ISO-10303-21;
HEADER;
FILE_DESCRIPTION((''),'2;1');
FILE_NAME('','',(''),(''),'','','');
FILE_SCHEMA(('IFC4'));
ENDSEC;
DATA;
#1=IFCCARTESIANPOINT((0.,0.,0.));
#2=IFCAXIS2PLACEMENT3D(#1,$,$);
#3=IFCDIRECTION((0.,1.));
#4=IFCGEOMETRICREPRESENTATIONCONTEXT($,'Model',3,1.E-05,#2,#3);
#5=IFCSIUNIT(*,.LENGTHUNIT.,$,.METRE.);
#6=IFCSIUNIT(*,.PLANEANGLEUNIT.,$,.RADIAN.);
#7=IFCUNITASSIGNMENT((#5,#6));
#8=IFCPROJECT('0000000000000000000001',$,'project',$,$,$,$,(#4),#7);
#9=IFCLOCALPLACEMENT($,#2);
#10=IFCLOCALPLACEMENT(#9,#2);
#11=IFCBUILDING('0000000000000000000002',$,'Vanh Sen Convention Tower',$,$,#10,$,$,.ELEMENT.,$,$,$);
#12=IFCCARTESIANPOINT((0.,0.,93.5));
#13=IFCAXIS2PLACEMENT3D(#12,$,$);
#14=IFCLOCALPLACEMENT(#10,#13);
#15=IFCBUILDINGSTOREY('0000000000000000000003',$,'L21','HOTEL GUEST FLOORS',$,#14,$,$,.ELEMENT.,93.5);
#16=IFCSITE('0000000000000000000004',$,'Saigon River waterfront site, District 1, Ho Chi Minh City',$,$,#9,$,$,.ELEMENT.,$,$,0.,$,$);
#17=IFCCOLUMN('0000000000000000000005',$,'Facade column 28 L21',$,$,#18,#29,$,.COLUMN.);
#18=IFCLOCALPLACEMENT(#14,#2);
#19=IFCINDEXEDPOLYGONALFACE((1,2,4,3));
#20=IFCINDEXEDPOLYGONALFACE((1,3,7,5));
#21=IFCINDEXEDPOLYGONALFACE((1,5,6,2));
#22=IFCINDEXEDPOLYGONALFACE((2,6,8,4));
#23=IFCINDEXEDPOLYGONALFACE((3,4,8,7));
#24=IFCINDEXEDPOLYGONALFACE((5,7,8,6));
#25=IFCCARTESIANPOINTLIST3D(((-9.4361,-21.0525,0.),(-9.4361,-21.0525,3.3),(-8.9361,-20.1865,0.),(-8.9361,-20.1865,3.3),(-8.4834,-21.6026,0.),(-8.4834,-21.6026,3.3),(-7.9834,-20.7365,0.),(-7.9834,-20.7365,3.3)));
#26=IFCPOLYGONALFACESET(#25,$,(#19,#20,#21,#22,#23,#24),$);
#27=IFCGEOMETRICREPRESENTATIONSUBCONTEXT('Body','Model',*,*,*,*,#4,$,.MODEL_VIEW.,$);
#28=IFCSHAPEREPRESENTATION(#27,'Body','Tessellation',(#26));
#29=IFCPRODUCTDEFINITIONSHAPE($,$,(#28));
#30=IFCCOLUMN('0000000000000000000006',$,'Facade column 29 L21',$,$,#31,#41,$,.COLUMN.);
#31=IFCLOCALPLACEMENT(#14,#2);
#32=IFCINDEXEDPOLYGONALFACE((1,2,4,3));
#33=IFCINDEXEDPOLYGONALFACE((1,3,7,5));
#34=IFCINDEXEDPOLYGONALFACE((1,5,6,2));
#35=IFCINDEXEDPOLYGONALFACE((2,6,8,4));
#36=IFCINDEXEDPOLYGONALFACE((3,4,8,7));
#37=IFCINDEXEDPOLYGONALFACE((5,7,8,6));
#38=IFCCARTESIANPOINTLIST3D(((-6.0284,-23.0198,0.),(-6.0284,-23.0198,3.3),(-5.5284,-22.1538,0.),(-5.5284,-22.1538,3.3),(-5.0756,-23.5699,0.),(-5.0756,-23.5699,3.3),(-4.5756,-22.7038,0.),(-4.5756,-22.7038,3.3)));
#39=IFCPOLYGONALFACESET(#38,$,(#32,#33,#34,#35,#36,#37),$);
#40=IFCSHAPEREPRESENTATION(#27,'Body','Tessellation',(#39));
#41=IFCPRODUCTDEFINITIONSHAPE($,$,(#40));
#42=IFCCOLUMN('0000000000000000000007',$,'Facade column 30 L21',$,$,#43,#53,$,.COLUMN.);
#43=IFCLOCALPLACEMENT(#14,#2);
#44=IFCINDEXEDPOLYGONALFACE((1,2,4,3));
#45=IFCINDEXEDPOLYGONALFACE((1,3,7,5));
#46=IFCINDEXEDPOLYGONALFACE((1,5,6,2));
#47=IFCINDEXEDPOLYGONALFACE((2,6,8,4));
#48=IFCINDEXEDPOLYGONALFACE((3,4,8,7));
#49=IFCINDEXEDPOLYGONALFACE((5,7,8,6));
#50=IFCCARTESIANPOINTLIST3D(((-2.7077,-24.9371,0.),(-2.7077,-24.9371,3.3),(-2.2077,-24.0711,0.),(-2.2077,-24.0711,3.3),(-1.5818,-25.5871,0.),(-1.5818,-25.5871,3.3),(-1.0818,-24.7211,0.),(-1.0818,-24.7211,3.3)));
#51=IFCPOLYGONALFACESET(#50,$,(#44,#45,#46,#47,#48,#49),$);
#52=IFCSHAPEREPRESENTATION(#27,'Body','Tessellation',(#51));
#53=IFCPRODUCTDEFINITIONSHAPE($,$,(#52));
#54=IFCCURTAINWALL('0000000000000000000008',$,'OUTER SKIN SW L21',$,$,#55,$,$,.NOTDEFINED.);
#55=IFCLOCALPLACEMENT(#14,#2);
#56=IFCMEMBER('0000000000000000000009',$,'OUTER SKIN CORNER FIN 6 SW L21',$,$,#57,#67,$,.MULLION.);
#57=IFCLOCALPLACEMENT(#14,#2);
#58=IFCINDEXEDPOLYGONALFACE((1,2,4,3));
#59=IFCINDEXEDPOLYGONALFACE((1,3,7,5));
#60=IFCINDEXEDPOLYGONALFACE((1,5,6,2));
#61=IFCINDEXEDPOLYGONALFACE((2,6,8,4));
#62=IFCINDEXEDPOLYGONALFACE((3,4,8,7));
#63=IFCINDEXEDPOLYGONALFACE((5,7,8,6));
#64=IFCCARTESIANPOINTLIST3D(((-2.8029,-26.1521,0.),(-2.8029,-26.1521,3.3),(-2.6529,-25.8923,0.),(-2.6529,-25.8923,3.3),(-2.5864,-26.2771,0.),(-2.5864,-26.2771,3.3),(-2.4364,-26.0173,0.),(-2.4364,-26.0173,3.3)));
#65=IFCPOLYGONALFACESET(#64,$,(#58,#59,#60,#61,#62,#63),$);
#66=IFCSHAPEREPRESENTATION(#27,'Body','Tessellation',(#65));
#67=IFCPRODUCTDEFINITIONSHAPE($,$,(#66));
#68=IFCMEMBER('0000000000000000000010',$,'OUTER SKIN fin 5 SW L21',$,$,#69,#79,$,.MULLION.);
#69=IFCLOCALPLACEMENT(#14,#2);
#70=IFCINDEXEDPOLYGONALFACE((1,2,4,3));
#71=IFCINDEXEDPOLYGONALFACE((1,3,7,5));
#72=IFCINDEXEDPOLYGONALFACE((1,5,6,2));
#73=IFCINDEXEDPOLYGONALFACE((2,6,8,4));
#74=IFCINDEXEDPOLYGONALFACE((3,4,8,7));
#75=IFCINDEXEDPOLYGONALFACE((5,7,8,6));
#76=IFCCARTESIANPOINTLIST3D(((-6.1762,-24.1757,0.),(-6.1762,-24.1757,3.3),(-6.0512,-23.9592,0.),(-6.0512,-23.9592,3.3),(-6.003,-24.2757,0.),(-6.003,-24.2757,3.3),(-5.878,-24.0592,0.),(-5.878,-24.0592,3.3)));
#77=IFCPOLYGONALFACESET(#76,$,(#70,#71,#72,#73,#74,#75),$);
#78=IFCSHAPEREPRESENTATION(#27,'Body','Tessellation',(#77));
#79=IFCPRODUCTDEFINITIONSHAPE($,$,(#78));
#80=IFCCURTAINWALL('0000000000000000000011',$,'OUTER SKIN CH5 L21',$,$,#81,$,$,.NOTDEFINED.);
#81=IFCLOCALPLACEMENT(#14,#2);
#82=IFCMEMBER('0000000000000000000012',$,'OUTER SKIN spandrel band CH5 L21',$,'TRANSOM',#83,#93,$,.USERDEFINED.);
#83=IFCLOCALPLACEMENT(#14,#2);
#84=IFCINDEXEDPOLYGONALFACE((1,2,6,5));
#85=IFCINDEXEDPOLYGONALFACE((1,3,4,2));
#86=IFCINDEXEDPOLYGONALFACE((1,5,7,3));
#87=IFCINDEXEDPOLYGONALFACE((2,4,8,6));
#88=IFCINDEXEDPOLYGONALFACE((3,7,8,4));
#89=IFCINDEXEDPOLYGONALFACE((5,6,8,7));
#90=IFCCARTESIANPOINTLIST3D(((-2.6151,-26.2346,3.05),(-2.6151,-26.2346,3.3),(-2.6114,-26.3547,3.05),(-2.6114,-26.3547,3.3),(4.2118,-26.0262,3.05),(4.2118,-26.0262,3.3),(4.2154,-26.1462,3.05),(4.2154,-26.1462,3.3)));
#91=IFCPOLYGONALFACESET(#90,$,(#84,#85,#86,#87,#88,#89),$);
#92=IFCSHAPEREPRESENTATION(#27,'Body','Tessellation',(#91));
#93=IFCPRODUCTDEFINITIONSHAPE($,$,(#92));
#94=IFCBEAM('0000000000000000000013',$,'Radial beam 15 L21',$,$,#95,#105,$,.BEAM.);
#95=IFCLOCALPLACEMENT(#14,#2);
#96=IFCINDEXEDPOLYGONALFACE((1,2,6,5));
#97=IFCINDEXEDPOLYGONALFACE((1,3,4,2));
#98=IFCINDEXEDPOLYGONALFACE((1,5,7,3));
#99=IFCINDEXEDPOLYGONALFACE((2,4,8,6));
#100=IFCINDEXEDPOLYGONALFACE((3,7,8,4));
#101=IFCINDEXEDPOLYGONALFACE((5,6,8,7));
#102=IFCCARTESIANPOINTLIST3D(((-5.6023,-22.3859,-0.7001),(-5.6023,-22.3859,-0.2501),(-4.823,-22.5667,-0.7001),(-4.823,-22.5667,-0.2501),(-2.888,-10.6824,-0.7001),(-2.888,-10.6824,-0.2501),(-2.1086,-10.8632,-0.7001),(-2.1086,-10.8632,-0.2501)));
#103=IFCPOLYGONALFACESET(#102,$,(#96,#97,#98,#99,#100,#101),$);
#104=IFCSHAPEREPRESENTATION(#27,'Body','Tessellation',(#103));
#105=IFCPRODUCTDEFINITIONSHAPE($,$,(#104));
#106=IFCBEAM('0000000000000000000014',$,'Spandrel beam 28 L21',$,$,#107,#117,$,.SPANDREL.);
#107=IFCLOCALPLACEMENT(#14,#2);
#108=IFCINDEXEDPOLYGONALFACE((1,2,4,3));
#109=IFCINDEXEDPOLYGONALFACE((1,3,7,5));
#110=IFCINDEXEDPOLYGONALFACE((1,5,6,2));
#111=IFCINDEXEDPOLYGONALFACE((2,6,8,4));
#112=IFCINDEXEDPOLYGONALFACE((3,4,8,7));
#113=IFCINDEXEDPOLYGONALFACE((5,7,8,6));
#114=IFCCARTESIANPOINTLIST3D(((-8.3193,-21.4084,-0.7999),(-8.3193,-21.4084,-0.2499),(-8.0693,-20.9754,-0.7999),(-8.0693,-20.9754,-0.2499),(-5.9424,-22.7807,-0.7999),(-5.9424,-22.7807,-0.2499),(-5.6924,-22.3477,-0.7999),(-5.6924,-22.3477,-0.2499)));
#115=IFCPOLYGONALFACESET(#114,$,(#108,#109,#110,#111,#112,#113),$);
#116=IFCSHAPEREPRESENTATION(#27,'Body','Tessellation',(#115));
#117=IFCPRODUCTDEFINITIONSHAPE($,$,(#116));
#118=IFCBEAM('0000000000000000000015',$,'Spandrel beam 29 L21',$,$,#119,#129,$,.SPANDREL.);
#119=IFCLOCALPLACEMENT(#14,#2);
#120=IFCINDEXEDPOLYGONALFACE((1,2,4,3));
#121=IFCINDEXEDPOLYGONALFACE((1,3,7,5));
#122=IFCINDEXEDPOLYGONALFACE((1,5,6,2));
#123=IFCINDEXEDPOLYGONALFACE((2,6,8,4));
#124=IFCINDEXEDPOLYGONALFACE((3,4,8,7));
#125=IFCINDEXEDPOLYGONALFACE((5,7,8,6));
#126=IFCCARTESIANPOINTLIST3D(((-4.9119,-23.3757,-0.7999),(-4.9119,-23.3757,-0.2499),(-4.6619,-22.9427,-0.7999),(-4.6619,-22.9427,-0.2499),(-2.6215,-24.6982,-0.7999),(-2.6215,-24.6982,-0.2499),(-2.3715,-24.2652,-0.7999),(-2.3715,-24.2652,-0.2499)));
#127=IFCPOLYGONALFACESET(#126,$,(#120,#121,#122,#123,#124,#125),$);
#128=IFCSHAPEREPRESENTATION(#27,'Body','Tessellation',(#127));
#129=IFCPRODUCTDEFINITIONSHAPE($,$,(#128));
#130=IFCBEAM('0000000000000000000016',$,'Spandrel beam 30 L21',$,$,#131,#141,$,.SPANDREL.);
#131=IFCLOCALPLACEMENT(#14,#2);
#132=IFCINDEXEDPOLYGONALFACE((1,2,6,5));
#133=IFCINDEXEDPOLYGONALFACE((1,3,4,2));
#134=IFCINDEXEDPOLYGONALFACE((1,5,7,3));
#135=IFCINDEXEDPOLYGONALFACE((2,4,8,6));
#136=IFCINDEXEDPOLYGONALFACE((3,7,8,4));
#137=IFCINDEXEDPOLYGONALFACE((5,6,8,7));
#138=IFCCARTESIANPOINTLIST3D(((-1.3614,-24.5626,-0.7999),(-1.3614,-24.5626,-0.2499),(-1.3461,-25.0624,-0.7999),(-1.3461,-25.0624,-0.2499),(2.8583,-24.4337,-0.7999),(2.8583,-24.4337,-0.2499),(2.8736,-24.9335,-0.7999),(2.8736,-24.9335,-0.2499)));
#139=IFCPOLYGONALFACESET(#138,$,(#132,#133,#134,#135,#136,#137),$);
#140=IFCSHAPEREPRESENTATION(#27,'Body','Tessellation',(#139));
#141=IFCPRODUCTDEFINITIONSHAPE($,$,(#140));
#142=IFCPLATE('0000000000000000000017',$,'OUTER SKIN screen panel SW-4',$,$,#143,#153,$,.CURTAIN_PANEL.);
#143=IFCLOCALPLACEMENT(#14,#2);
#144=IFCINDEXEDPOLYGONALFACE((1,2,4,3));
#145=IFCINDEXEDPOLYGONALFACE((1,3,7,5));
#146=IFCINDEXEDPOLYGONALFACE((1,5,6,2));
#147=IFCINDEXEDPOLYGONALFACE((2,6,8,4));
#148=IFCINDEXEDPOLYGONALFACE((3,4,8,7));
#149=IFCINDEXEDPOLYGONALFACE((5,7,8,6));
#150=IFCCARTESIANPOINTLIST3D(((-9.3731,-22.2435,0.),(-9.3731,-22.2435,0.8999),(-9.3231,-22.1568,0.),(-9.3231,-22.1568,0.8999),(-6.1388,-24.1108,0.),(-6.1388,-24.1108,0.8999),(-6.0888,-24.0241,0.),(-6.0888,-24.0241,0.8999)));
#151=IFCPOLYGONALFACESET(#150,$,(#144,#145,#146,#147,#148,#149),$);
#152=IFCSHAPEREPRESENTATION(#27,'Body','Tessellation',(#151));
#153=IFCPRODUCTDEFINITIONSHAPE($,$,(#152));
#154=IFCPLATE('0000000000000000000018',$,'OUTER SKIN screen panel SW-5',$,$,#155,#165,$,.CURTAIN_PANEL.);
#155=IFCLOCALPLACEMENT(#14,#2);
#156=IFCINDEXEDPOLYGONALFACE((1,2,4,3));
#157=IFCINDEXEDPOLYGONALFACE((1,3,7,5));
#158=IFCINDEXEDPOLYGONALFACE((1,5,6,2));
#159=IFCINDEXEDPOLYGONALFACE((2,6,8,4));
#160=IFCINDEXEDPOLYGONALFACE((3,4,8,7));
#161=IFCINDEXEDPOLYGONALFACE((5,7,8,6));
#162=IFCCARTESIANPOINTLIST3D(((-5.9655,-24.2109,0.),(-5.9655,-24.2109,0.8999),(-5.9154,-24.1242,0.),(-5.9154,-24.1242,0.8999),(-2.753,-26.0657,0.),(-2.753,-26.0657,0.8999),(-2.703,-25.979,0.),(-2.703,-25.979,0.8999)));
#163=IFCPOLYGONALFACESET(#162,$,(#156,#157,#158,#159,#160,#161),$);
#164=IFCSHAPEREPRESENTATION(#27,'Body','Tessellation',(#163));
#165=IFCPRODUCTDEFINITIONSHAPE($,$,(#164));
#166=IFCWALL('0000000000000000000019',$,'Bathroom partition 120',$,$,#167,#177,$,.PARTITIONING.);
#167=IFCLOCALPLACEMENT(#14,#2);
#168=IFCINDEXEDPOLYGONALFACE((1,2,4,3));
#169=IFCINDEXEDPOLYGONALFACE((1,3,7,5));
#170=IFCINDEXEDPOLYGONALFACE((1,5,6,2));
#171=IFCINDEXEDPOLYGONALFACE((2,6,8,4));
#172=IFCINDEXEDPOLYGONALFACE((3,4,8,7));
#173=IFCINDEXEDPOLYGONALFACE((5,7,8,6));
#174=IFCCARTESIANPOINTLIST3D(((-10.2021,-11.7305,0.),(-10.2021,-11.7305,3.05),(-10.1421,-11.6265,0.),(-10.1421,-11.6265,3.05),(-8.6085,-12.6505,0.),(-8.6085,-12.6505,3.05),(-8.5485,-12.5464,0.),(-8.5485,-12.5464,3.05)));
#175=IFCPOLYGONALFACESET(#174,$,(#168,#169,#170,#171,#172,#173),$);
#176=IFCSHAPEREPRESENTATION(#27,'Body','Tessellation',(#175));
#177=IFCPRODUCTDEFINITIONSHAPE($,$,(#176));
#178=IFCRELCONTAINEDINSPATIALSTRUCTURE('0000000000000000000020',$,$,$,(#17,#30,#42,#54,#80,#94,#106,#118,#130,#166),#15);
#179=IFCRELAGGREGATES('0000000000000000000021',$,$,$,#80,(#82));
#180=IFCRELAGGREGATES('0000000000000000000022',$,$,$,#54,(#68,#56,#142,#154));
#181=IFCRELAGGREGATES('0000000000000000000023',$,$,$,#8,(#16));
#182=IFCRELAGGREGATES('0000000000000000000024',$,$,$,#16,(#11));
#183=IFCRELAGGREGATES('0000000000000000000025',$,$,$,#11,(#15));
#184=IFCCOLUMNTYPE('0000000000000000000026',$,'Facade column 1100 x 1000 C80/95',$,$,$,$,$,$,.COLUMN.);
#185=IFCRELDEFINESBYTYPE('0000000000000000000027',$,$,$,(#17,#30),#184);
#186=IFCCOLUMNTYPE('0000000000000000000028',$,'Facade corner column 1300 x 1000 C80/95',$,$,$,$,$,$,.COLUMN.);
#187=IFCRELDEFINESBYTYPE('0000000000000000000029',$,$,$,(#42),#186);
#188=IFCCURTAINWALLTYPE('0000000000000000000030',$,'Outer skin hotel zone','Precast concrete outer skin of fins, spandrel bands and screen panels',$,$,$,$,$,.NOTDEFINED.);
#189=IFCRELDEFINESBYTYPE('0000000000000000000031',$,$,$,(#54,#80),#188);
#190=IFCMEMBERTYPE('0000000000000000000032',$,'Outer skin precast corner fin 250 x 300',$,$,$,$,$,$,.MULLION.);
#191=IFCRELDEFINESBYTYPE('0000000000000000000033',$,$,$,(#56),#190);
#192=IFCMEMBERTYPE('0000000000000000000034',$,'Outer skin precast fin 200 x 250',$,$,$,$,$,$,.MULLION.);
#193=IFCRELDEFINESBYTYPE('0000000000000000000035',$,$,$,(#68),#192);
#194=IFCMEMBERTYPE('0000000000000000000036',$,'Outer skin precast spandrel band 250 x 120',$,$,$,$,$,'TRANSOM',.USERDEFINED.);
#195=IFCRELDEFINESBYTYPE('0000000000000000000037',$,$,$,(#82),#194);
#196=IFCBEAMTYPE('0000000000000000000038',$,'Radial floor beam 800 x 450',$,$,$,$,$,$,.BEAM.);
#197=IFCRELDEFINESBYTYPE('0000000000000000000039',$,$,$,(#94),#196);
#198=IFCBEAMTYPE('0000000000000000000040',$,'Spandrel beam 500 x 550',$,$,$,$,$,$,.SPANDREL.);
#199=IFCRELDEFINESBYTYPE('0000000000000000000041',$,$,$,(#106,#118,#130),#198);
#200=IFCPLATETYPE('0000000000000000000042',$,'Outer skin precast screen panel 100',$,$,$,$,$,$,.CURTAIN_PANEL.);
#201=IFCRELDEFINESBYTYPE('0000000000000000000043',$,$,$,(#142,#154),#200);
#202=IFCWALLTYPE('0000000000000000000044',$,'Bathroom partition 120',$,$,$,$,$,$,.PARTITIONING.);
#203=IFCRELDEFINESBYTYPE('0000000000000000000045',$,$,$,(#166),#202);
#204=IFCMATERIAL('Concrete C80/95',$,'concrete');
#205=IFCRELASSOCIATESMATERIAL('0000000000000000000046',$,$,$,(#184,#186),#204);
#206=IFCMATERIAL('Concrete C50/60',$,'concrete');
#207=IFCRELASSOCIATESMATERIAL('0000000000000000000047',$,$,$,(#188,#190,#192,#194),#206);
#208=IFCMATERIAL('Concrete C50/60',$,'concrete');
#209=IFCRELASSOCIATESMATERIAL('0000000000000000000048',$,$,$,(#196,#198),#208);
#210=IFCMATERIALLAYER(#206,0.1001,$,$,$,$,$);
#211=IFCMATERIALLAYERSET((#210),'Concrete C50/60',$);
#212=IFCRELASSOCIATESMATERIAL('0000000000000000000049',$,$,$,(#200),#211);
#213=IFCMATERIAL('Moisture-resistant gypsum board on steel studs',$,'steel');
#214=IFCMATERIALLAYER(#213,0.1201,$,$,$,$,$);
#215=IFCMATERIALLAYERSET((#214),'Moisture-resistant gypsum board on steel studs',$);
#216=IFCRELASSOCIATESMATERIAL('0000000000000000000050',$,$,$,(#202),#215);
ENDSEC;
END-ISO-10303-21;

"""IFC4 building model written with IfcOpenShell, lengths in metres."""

from ifc_helpers import new_model, si_unit, direction, frame, frame_2d, origin, origin_2d, place, context, subcontext, project, spatial, rectangle, extrude, material, layer, layer_set, material_profile, profile_set, type_object, element, aggregate, save


model = new_model("IFC4")

# Units and contexts
model_context = context("Model", 3, precision=1e-05, world=origin(), true_north=direction((0.0, 1.0)))
body_context = subcontext(model_context, "Body", "Model", "MODEL_VIEW")
ifc_project = project(units=[si_unit("LENGTHUNIT", "METRE"), si_unit("PLANEANGLEUNIT", "RADIAN")], contexts=[model_context])

# Site, building, storey
site_placement = place(None, origin())
site = spatial("IfcSite", under=ifc_project, at=site_placement, Name="Saigon River waterfront site, District 1, Ho Chi Minh City", CompositionType="ELEMENT", RefElevation=0.0)
building_placement = place(site_placement, origin())
building = spatial("IfcBuilding", under=site, at=building_placement, Name="Vanh Sen Convention Tower", CompositionType="ELEMENT")
storey_placement = place(building_placement, frame((0.0, 0.0, 93.5)))
storey = spatial("IfcBuildingStorey", under=building, at=storey_placement, Name="L21", Description="HOTEL GUEST FLOORS", CompositionType="ELEMENT", Elevation=93.5)

# Columns
ifc_material_1 = material(Name="Concrete C80/95", Category="concrete")
ifc_material_profile_1 = material_profile(ifc_material_1, rectangle(XDim=1.1001, YDim=1.0, at=origin_2d()), Name="RC 1100X1000")
ifc_profile_set_1 = profile_set([ifc_material_profile_1], Name="Concrete C80/95")
column_type_1 = type_object("IfcColumnType", Name="Facade column 1100 x 1000 C80/95", PredefinedType="COLUMN", material=ifc_profile_set_1)
for number, where, z_axis, x_axis, name in (
    (1, (-8.7097, -20.8945, 0.0), (0.0, 0.0, 1.0), (0.866025, -0.5, 0.0), "Facade column 28 L21"),
    (2, (-5.302, -22.8618, 0.0), (0.0, 0.0, 1.0), (0.866025, -0.5, 0.0), "Facade column 29 L21"),
):
    element("IfcColumn", number, at=place(storey_placement, frame(where, z_axis=z_axis, x_axis=x_axis)), inside=storey, type_object=column_type_1, Name=name, PredefinedType="COLUMN", context=body_context, shape_type="SweptSolid", body=[
        extrude(rectangle(XDim=1.1001, YDim=1.0, at=origin_2d()), origin(), (0.0, 0.0, 1.0), 3.3),
    ])
ifc_material_profile_2 = material_profile(ifc_material_1, rectangle(XDim=1.3, YDim=1.0, at=origin_2d()), Name="RC 1300X1000")
ifc_profile_set_2 = profile_set([ifc_material_profile_2], Name="Concrete C80/95")
column_type_2 = type_object("IfcColumnType", Name="Facade corner column 1300 x 1000 C80/95", PredefinedType="COLUMN", material=ifc_profile_set_2)
column_placement = place(storey_placement, frame((-1.8948, -24.8291, 0.0), z_axis=(0.0, 0.0, 1.0), x_axis=(0.866025, -0.5, 0.0)))
element("IfcColumn", 3, at=column_placement, inside=storey, type_object=column_type_2, Name="Facade column 30 L21", PredefinedType="COLUMN", context=body_context, shape_type="SweptSolid", body=[
    extrude(rectangle(XDim=1.3, YDim=1.0, at=origin_2d()), origin(), (0.0, 0.0, 1.0), 3.3),
])

# Curtain wall, members
ifc_material_2 = material(Name="Concrete C50/60", Category="concrete")
curtain_wall_type = type_object("IfcCurtainWallType", Name="Outer skin hotel zone", Description="Precast concrete outer skin of fins, spandrel bands and screen panels", PredefinedType="NOTDEFINED", material=ifc_material_2)
curtain_wall_1_placement = place(storey_placement, origin())
curtain_wall_1 = element("IfcCurtainWall", 4, at=curtain_wall_1_placement, inside=storey, type_object=curtain_wall_type, Name="OUTER SKIN SW L21", PredefinedType="NOTDEFINED")
ifc_material_profile_3 = material_profile(ifc_material_2, rectangle(XDim=0.25, YDim=0.3, at=origin_2d()), Name="Outer skin precast corner fin 250 x 300")
ifc_profile_set_3 = profile_set([ifc_material_profile_3], Name="Concrete C50/60")
member_type_1 = type_object("IfcMemberType", Name="Outer skin precast corner fin 250 x 300", PredefinedType="MULLION", material=ifc_profile_set_3)
member_1_placement = place(storey_placement, frame((-2.6196, -26.0847, 0.0), z_axis=(0.0, 0.0, 1.0), x_axis=(0.866025, -0.5, 0.0)))
member_1 = element("IfcMember", 5, at=member_1_placement, type_object=member_type_1, Name="OUTER SKIN CORNER FIN 6 SW L21", PredefinedType="MULLION", context=body_context, shape_type="SweptSolid", body=[
    extrude(rectangle(XDim=0.25, YDim=0.3, at=origin_2d()), origin(), (0.0, 0.0, 1.0), 3.3),
])
ifc_material_profile_4 = material_profile(ifc_material_2, rectangle(XDim=0.2, YDim=0.25, at=origin_2d()), Name="Outer skin precast fin 200 x 250")
ifc_profile_set_4 = profile_set([ifc_material_profile_4], Name="Concrete C50/60")
member_type_2 = type_object("IfcMemberType", Name="Outer skin precast fin 200 x 250", PredefinedType="MULLION", material=ifc_profile_set_4)
member_2_placement = place(storey_placement, frame((-6.0271, -24.1174, 0.0), z_axis=(0.0, 0.0, 1.0), x_axis=(0.866025, -0.5, 0.0)))
member_2 = element("IfcMember", 6, at=member_2_placement, type_object=member_type_2, Name="OUTER SKIN fin 5 SW L21", PredefinedType="MULLION", context=body_context, shape_type="SweptSolid", body=[
    extrude(rectangle(XDim=0.2, YDim=0.25, at=origin_2d()), origin(), (0.0, 0.0, 1.0), 3.3),
])

# Curtain wall, member
curtain_wall_2_placement = place(storey_placement, origin())
curtain_wall_2 = element("IfcCurtainWall", 7, at=curtain_wall_2_placement, inside=storey, type_object=curtain_wall_type, Name="OUTER SKIN CH5 L21", PredefinedType="NOTDEFINED")
ifc_material_profile_5 = material_profile(ifc_material_2, rectangle(XDim=0.1201, YDim=0.25, at=origin_2d()), Name="Outer skin precast spandrel band 250 x 120")
ifc_profile_set_5 = profile_set([ifc_material_profile_5], Name="Concrete C50/60")
member_type_3 = type_object("IfcMemberType", Name="Outer skin precast spandrel band 250 x 120", ElementType="TRANSOM", PredefinedType="USERDEFINED", material=ifc_profile_set_5)
member_3_placement = place(storey_placement, frame((-2.6133, -26.2947, 3.175), z_axis=(0.999534, 0.030526, 0.0), x_axis=(-0.030526, 0.999534, 0.0)))
member_3 = element("IfcMember", 8, at=member_3_placement, type_object=member_type_3, Name="OUTER SKIN spandrel band CH5 L21", ObjectType="TRANSOM", PredefinedType="USERDEFINED", context=body_context, shape_type="SweptSolid", body=[
    extrude(rectangle(XDim=0.1201, YDim=0.25, at=origin_2d()), origin(), (0.0, 0.0, 1.0), 6.8301),
])
aggregate(curtain_wall_2, [member_3])

# Beams
ifc_material_3 = material(Name="Concrete C50/60", Category="concrete")
ifc_material_profile_6 = material_profile(ifc_material_3, rectangle(XDim=0.8, YDim=0.45, at=origin_2d()), Name="RC 800X450")
ifc_profile_set_6 = profile_set([ifc_material_profile_6], Name="Concrete C50/60")
beam_type_1 = type_object("IfcBeamType", Name="Radial floor beam 800 x 450", PredefinedType="BEAM", material=ifc_profile_set_6)
beam_1_placement = place(storey_placement, frame((-5.2126, -22.4763, -0.4751), z_axis=(0.225928, 0.974144, 0.0), x_axis=(-0.974144, 0.225928, 0.0)))
element("IfcBeam", 9, at=beam_1_placement, inside=storey, type_object=beam_type_1, Name="Radial beam 15 L21", PredefinedType="BEAM", context=body_context, shape_type="SweptSolid", body=[
    extrude(rectangle(XDim=0.8, YDim=0.45, at=origin_2d()), origin(), (0.0, 0.0, 1.0), 12.0142),
])
ifc_material_profile_7 = material_profile(ifc_material_3, rectangle(XDim=0.5, YDim=0.55, at=origin_2d()), Name="RC 500X550")
ifc_profile_set_7 = profile_set([ifc_material_profile_7], Name="Concrete C50/60")
beam_type_2 = type_object("IfcBeamType", Name="Spandrel beam 500 x 550", PredefinedType="SPANDREL", material=ifc_profile_set_7)
beam_2_placement = place(storey_placement, frame((-8.1943, -21.1919, -0.5249), z_axis=(0.866029, -0.499995, 0.0), x_axis=(0.499995, 0.866029, 0.0)))
element("IfcBeam", 10, at=beam_2_placement, inside=storey, type_object=beam_type_2, Name="Spandrel beam 28 L21", PredefinedType="SPANDREL", context=body_context, shape_type="SweptSolid", body=[
    extrude(rectangle(XDim=0.5, YDim=0.55, at=origin_2d()), origin(), (0.0, 0.0, 1.0), 2.7446),
])
beam_3_placement = place(storey_placement, frame((-4.7869, -23.1592, -0.5249), z_axis=(0.86599, -0.500061, 0.0), x_axis=(0.500061, 0.86599, 0.0)))
element("IfcBeam", 11, at=beam_3_placement, inside=storey, type_object=beam_type_2, Name="Spandrel beam 29 L21", PredefinedType="SPANDREL", context=body_context, shape_type="SweptSolid", body=[
    extrude(rectangle(XDim=0.5, YDim=0.55, at=origin_2d()), origin(), (0.0, 0.0, 1.0), 2.6448),
])
beam_4_placement = place(storey_placement, frame((-1.3538, -24.8125, -0.5249), z_axis=(0.999534, 0.030534, 0.0), x_axis=(-0.030534, 0.999534, 0.0)))
element("IfcBeam", 12, at=beam_4_placement, inside=storey, type_object=beam_type_2, Name="Spandrel beam 30 L21", PredefinedType="SPANDREL", context=body_context, shape_type="SweptSolid", body=[
    extrude(rectangle(XDim=0.5, YDim=0.55, at=origin_2d()), origin(), (0.0, 0.0, 1.0), 4.2217),
])

# Plates
ifc_layer_1 = layer(ifc_material_2, 0.1001)
ifc_layer_set_1 = layer_set([ifc_layer_1], Name="Concrete C50/60")
plate_type = type_object("IfcPlateType", Name="Outer skin precast screen panel 100", PredefinedType="CURTAIN_PANEL", material=ifc_layer_set_1)
plate_1_placement = place(storey_placement, frame((-7.731, -23.1338, 0.0), z_axis=(0.0, 0.0, 1.0), x_axis=(0.866028, -0.499995, 0.0)))
plate_1 = element("IfcPlate", 13, at=plate_1_placement, type_object=plate_type, Name="OUTER SKIN screen panel SW-4", PredefinedType="CURTAIN_PANEL", context=body_context, shape_type="SweptSolid", body=[
    extrude(rectangle(XDim=3.7346, YDim=0.1001, at=origin_2d()), origin(), (0.0, 0.0, 1.0), 0.8999),
])
plate_2_placement = place(storey_placement, frame((-4.3342, -25.095, 0.0), z_axis=(0.0, 0.0, 1.0), x_axis=(0.866021, -0.500008, 0.0)))
plate_2 = element("IfcPlate", 14, at=plate_2_placement, type_object=plate_type, Name="OUTER SKIN screen panel SW-5", PredefinedType="CURTAIN_PANEL", context=body_context, shape_type="SweptSolid", body=[
    extrude(rectangle(XDim=3.7095, YDim=0.1001, at=origin_2d()), origin(), (0.0, 0.0, 1.0), 0.8999),
])
aggregate(curtain_wall_1, [member_2, member_1, plate_1, plate_2])

# Wall
ifc_material_4 = material(Name="Moisture-resistant gypsum board on steel studs", Category="steel")
ifc_layer_2 = layer(ifc_material_4, 0.1201)
ifc_layer_set_2 = layer_set([ifc_layer_2], Name="Moisture-resistant gypsum board on steel studs")
wall_type_1 = type_object("IfcWallType", Name="Bathroom partition 120", PredefinedType="PARTITIONING", material=ifc_layer_set_2)
for number, where, z_axis, x_axis, name in (
    (15, (-8.5786, -12.5984, 0.0), (0.0, 0.0, 1.0), (-0.866046, 0.499964, 0.0), "Bathroom partition 120"),
):
    element("IfcWall", number, at=place(storey_placement, frame(where, z_axis=z_axis, x_axis=x_axis)), inside=storey, type_object=wall_type_1, Name=name, PredefinedType="PARTITIONING", context=body_context, shape_type="SweptSolid", body=[
        extrude(rectangle(XDim=1.8401, YDim=0.1201, at=frame_2d((0.9199, 0.0))), origin(), (0.0, 0.0, 1.0), 3.05),
    ])

save(model, "model.ifc")
